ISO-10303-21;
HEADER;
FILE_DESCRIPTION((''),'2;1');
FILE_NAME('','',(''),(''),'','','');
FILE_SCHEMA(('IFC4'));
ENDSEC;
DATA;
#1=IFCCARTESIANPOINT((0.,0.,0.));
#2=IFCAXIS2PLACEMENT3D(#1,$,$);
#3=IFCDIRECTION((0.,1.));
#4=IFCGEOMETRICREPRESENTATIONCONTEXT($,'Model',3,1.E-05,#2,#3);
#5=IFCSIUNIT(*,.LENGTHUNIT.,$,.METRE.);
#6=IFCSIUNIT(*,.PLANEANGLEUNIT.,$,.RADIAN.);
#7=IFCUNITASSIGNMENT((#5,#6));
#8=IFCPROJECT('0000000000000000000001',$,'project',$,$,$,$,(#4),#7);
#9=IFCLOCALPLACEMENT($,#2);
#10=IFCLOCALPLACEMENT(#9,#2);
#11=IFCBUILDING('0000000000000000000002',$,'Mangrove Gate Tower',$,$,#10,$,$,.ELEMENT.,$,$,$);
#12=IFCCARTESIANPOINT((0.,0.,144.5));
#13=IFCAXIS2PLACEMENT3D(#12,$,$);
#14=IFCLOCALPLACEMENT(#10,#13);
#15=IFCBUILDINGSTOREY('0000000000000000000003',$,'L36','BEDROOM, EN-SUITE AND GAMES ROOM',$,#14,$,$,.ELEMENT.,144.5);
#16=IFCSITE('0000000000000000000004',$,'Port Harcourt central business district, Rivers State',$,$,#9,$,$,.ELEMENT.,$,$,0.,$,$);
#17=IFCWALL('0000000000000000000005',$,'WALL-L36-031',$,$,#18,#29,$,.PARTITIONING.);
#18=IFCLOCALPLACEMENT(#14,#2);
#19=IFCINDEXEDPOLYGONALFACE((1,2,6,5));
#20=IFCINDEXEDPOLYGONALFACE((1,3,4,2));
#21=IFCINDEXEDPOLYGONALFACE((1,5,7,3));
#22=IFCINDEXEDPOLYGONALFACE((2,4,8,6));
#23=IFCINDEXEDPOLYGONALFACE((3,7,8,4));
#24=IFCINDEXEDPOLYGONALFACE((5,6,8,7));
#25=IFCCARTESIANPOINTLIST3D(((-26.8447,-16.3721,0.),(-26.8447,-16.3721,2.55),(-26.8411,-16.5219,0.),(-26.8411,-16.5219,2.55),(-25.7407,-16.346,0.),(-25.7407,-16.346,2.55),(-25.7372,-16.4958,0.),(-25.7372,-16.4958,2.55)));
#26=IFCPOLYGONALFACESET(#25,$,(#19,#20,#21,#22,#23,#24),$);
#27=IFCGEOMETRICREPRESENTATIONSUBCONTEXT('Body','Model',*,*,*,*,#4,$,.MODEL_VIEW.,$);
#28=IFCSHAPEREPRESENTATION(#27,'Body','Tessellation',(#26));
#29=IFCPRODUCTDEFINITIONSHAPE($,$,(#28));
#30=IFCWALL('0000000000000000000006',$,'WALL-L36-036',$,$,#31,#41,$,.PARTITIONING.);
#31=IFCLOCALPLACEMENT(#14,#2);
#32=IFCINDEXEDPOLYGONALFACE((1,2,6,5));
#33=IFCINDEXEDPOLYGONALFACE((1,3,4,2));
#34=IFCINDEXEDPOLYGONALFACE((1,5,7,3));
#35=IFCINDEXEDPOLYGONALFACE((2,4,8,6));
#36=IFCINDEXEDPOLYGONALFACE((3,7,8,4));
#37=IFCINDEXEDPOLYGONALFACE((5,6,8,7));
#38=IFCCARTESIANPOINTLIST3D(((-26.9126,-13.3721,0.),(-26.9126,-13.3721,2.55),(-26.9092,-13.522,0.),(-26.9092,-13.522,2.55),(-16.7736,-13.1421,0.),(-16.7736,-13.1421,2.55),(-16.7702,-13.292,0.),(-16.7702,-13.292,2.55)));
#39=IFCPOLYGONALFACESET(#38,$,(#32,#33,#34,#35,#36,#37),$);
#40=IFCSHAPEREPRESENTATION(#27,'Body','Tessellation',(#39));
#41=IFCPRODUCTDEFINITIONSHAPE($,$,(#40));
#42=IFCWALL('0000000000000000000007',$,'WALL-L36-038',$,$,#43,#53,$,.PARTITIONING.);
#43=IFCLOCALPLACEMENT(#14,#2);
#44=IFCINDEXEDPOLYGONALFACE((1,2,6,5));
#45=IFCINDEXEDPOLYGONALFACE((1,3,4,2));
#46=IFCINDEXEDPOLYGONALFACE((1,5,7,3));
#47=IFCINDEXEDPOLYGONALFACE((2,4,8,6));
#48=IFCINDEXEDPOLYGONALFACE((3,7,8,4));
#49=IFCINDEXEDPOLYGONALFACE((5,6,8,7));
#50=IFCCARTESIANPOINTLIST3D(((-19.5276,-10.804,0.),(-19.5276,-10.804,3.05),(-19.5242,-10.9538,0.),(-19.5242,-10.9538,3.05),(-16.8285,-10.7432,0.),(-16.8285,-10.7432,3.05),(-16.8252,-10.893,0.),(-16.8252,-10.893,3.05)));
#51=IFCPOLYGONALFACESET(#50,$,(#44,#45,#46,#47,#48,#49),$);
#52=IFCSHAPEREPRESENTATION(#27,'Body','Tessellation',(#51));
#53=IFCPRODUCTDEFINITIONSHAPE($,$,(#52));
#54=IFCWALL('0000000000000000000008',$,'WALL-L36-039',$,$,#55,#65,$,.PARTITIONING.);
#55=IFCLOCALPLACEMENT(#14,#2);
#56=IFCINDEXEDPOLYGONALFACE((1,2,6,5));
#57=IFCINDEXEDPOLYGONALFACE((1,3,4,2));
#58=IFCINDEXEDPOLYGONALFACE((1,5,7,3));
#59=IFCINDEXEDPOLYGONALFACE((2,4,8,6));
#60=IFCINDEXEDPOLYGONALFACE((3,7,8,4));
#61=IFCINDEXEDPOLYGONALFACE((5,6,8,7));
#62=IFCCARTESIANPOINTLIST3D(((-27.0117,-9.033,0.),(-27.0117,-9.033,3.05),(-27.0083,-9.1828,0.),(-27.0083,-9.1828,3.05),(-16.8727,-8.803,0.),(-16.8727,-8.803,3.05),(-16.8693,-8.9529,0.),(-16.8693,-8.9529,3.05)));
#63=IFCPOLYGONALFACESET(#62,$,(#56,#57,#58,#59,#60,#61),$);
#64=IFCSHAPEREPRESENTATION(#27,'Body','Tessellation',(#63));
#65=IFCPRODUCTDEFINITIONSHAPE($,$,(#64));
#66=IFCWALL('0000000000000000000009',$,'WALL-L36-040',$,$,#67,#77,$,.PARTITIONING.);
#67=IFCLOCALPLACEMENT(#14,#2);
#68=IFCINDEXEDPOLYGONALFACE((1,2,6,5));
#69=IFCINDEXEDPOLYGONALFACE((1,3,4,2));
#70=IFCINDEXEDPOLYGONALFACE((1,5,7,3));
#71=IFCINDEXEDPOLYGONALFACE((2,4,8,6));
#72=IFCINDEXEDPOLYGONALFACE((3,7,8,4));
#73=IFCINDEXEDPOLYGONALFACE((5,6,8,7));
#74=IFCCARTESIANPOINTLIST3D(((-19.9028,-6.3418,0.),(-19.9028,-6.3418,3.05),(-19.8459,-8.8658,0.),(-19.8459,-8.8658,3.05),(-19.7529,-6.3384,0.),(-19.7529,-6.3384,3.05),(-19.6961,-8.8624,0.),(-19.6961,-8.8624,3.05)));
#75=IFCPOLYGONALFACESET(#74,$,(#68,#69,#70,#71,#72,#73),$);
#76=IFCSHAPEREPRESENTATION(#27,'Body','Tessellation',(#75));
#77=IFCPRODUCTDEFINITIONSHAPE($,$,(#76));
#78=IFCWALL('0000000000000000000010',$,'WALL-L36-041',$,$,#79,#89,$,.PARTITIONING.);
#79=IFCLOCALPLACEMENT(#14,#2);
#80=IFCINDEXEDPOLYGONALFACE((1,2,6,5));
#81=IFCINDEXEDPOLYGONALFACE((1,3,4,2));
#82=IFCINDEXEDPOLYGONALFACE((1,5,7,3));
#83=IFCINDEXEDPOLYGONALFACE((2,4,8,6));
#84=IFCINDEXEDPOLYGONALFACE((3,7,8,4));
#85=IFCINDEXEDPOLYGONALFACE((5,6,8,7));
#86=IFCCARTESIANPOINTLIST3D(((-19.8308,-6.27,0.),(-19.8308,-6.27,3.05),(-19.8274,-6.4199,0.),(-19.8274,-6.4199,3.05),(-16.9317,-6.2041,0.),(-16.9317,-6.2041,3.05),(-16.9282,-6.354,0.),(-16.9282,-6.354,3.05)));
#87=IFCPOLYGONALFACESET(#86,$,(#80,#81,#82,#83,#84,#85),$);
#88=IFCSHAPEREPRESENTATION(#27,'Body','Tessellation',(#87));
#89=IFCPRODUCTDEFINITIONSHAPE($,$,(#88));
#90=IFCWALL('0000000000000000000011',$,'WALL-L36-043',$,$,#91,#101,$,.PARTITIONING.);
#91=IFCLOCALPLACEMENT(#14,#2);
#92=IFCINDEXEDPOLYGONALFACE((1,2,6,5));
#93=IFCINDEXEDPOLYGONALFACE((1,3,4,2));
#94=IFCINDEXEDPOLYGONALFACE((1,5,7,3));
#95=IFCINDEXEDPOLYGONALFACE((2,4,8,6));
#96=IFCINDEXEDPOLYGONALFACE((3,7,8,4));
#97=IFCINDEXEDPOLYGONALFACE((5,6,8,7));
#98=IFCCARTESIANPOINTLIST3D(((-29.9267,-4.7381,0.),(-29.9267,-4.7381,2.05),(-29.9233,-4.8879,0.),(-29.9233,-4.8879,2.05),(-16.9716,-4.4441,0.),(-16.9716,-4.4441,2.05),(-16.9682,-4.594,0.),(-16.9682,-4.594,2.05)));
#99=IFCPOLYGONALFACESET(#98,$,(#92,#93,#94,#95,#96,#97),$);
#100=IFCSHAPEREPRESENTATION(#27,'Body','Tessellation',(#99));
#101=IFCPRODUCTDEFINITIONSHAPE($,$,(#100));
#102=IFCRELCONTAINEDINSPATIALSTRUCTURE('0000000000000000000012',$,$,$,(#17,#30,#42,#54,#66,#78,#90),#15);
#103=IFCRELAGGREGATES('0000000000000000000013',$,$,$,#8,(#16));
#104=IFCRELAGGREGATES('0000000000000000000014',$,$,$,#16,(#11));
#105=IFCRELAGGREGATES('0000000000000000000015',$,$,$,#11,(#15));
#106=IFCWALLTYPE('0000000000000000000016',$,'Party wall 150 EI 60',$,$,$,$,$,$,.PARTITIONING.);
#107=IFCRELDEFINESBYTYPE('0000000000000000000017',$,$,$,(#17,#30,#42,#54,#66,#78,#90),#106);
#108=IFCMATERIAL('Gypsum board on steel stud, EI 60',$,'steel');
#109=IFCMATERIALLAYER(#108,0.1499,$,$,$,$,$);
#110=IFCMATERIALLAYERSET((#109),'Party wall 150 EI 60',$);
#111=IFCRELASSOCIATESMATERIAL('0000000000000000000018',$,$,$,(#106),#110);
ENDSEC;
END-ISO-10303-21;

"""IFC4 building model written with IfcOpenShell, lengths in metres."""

from ifc_helpers import new_model, si_unit, direction, frame, frame_2d, origin, place, context, subcontext, project, spatial, rectangle, extrude, material, layer, layer_set, type_object, element, save


model = new_model("IFC4")

# Units and contexts
model_context = context("Model", 3, precision=1e-05, world=origin(), true_north=direction((0.0, 1.0)))
body_context = subcontext(model_context, "Body", "Model", "MODEL_VIEW")
ifc_project = project(units=[si_unit("LENGTHUNIT", "METRE"), si_unit("PLANEANGLEUNIT", "RADIAN")], contexts=[model_context])

# Site, building, storey
site_placement = place(None, origin())
site = spatial("IfcSite", under=ifc_project, at=site_placement, Name="Port Harcourt central business district, Rivers State", CompositionType="ELEMENT", RefElevation=0.0)
building_placement = place(site_placement, origin())
building = spatial("IfcBuilding", under=site, at=building_placement, Name="Mangrove Gate Tower", CompositionType="ELEMENT")
storey_placement = place(building_placement, frame((0.0, 0.0, 144.5)))
storey = spatial("IfcBuildingStorey", under=building, at=storey_placement, Name="L36", Description="BEDROOM, EN-SUITE AND GAMES ROOM", CompositionType="ELEMENT", Elevation=144.5)

# Walls
ifc_material_1 = material(Name="Gypsum board on steel stud, EI 60", Category="steel")
ifc_layer_1 = layer(ifc_material_1, 0.1499)
ifc_layer_set_1 = layer_set([ifc_layer_1], Name="Party wall 150 EI 60")
wall_type_1 = type_object("IfcWallType", Name="Party wall 150 EI 60", PredefinedType="PARTITIONING", material=ifc_layer_set_1)
wall_1_placement = place(storey_placement, frame((-26.843, -16.447, 0.0), z_axis=(0.0, 0.0, 1.0), x_axis=(0.99972, 0.023655, 0.0)))
element("IfcWall", 1, at=wall_1_placement, inside=storey, type_object=wall_type_1, Name="WALL-L36-031", PredefinedType="PARTITIONING", context=body_context, shape_type="SweptSolid", body=[
    extrude(rectangle(XDim=1.1042, YDim=0.1499, at=frame_2d((0.5522, 0.0))), origin(), (0.0, 0.0, 1.0), 2.55),
])
wall_2_placement = place(storey_placement, frame((-26.9109, -13.447, 0.0), z_axis=(0.0, 0.0, 1.0), x_axis=(0.999743, 0.022677, 0.0)))
element("IfcWall", 2, at=wall_2_placement, inside=storey, type_object=wall_type_1, Name="WALL-L36-036", PredefinedType="PARTITIONING", context=body_context, shape_type="SweptSolid", body=[
    extrude(rectangle(XDim=10.1416, YDim=0.1499, at=frame_2d((5.0708, 0.0))), origin(), (0.0, 0.0, 1.0), 2.55),
])
wall_3_placement = place(storey_placement, frame((-19.5259, -10.8789, 0.0), z_axis=(0.0, 0.0, 1.0), x_axis=(0.999746, 0.022518, 0.0)))
element("IfcWall", 3, at=wall_3_placement, inside=storey, type_object=wall_type_1, Name="WALL-L36-038", PredefinedType="PARTITIONING", context=body_context, shape_type="SweptSolid", body=[
    extrude(rectangle(XDim=2.6997, YDim=0.1499, at=frame_2d((1.3499, 0.0))), origin(), (0.0, 0.0, 1.0), 3.05),
])
wall_4_placement = place(storey_placement, frame((-27.01, -9.1079, 0.0), z_axis=(0.0, 0.0, 1.0), x_axis=(0.999743, 0.022677, 0.0)))
element("IfcWall", 4, at=wall_4_placement, inside=storey, type_object=wall_type_1, Name="WALL-L36-039", PredefinedType="PARTITIONING", context=body_context, shape_type="SweptSolid", body=[
    extrude(rectangle(XDim=10.1416, YDim=0.1499, at=frame_2d((5.0708, 0.0))), origin(), (0.0, 0.0, 1.0), 3.05),
])
wall_5_placement = place(storey_placement, frame((-19.771, -8.864, 0.0), z_axis=(0.0, 0.0, 1.0), x_axis=(-0.022532, 0.999746, 0.0)))
element("IfcWall", 5, at=wall_5_placement, inside=storey, type_object=wall_type_1, Name="WALL-L36-040", PredefinedType="PARTITIONING", context=body_context, shape_type="SweptSolid", body=[
    extrude(rectangle(XDim=2.5247, YDim=0.1499, at=frame_2d((1.2622, 0.0))), origin(), (0.0, 0.0, 1.0), 3.05),
])
wall_6_placement = place(storey_placement, frame((-19.8291, -6.345, 0.0), z_axis=(0.0, 0.0, 1.0), x_axis=(0.999742, 0.022731, 0.0)))
element("IfcWall", 6, at=wall_6_placement, inside=storey, type_object=wall_type_1, Name="WALL-L36-041", PredefinedType="PARTITIONING", context=body_context, shape_type="SweptSolid", body=[
    extrude(rectangle(XDim=2.8999, YDim=0.1499, at=frame_2d((1.45, 0.0))), origin(), (0.0, 0.0, 1.0), 3.05),
])
wall_7_placement = place(storey_placement, frame((-29.925, -4.813, 0.0), z_axis=(0.0, 0.0, 1.0), x_axis=(0.999743, 0.022684, 0.0)))
element("IfcWall", 7, at=wall_7_placement, inside=storey, type_object=wall_type_1, Name="WALL-L36-043", PredefinedType="PARTITIONING", context=body_context, shape_type="SweptSolid", body=[
    extrude(rectangle(XDim=12.9585, YDim=0.1499, at=frame_2d((6.4792, 0.0))), origin(), (0.0, 0.0, 1.0), 2.05),
])

save(model, "model.ifc")
